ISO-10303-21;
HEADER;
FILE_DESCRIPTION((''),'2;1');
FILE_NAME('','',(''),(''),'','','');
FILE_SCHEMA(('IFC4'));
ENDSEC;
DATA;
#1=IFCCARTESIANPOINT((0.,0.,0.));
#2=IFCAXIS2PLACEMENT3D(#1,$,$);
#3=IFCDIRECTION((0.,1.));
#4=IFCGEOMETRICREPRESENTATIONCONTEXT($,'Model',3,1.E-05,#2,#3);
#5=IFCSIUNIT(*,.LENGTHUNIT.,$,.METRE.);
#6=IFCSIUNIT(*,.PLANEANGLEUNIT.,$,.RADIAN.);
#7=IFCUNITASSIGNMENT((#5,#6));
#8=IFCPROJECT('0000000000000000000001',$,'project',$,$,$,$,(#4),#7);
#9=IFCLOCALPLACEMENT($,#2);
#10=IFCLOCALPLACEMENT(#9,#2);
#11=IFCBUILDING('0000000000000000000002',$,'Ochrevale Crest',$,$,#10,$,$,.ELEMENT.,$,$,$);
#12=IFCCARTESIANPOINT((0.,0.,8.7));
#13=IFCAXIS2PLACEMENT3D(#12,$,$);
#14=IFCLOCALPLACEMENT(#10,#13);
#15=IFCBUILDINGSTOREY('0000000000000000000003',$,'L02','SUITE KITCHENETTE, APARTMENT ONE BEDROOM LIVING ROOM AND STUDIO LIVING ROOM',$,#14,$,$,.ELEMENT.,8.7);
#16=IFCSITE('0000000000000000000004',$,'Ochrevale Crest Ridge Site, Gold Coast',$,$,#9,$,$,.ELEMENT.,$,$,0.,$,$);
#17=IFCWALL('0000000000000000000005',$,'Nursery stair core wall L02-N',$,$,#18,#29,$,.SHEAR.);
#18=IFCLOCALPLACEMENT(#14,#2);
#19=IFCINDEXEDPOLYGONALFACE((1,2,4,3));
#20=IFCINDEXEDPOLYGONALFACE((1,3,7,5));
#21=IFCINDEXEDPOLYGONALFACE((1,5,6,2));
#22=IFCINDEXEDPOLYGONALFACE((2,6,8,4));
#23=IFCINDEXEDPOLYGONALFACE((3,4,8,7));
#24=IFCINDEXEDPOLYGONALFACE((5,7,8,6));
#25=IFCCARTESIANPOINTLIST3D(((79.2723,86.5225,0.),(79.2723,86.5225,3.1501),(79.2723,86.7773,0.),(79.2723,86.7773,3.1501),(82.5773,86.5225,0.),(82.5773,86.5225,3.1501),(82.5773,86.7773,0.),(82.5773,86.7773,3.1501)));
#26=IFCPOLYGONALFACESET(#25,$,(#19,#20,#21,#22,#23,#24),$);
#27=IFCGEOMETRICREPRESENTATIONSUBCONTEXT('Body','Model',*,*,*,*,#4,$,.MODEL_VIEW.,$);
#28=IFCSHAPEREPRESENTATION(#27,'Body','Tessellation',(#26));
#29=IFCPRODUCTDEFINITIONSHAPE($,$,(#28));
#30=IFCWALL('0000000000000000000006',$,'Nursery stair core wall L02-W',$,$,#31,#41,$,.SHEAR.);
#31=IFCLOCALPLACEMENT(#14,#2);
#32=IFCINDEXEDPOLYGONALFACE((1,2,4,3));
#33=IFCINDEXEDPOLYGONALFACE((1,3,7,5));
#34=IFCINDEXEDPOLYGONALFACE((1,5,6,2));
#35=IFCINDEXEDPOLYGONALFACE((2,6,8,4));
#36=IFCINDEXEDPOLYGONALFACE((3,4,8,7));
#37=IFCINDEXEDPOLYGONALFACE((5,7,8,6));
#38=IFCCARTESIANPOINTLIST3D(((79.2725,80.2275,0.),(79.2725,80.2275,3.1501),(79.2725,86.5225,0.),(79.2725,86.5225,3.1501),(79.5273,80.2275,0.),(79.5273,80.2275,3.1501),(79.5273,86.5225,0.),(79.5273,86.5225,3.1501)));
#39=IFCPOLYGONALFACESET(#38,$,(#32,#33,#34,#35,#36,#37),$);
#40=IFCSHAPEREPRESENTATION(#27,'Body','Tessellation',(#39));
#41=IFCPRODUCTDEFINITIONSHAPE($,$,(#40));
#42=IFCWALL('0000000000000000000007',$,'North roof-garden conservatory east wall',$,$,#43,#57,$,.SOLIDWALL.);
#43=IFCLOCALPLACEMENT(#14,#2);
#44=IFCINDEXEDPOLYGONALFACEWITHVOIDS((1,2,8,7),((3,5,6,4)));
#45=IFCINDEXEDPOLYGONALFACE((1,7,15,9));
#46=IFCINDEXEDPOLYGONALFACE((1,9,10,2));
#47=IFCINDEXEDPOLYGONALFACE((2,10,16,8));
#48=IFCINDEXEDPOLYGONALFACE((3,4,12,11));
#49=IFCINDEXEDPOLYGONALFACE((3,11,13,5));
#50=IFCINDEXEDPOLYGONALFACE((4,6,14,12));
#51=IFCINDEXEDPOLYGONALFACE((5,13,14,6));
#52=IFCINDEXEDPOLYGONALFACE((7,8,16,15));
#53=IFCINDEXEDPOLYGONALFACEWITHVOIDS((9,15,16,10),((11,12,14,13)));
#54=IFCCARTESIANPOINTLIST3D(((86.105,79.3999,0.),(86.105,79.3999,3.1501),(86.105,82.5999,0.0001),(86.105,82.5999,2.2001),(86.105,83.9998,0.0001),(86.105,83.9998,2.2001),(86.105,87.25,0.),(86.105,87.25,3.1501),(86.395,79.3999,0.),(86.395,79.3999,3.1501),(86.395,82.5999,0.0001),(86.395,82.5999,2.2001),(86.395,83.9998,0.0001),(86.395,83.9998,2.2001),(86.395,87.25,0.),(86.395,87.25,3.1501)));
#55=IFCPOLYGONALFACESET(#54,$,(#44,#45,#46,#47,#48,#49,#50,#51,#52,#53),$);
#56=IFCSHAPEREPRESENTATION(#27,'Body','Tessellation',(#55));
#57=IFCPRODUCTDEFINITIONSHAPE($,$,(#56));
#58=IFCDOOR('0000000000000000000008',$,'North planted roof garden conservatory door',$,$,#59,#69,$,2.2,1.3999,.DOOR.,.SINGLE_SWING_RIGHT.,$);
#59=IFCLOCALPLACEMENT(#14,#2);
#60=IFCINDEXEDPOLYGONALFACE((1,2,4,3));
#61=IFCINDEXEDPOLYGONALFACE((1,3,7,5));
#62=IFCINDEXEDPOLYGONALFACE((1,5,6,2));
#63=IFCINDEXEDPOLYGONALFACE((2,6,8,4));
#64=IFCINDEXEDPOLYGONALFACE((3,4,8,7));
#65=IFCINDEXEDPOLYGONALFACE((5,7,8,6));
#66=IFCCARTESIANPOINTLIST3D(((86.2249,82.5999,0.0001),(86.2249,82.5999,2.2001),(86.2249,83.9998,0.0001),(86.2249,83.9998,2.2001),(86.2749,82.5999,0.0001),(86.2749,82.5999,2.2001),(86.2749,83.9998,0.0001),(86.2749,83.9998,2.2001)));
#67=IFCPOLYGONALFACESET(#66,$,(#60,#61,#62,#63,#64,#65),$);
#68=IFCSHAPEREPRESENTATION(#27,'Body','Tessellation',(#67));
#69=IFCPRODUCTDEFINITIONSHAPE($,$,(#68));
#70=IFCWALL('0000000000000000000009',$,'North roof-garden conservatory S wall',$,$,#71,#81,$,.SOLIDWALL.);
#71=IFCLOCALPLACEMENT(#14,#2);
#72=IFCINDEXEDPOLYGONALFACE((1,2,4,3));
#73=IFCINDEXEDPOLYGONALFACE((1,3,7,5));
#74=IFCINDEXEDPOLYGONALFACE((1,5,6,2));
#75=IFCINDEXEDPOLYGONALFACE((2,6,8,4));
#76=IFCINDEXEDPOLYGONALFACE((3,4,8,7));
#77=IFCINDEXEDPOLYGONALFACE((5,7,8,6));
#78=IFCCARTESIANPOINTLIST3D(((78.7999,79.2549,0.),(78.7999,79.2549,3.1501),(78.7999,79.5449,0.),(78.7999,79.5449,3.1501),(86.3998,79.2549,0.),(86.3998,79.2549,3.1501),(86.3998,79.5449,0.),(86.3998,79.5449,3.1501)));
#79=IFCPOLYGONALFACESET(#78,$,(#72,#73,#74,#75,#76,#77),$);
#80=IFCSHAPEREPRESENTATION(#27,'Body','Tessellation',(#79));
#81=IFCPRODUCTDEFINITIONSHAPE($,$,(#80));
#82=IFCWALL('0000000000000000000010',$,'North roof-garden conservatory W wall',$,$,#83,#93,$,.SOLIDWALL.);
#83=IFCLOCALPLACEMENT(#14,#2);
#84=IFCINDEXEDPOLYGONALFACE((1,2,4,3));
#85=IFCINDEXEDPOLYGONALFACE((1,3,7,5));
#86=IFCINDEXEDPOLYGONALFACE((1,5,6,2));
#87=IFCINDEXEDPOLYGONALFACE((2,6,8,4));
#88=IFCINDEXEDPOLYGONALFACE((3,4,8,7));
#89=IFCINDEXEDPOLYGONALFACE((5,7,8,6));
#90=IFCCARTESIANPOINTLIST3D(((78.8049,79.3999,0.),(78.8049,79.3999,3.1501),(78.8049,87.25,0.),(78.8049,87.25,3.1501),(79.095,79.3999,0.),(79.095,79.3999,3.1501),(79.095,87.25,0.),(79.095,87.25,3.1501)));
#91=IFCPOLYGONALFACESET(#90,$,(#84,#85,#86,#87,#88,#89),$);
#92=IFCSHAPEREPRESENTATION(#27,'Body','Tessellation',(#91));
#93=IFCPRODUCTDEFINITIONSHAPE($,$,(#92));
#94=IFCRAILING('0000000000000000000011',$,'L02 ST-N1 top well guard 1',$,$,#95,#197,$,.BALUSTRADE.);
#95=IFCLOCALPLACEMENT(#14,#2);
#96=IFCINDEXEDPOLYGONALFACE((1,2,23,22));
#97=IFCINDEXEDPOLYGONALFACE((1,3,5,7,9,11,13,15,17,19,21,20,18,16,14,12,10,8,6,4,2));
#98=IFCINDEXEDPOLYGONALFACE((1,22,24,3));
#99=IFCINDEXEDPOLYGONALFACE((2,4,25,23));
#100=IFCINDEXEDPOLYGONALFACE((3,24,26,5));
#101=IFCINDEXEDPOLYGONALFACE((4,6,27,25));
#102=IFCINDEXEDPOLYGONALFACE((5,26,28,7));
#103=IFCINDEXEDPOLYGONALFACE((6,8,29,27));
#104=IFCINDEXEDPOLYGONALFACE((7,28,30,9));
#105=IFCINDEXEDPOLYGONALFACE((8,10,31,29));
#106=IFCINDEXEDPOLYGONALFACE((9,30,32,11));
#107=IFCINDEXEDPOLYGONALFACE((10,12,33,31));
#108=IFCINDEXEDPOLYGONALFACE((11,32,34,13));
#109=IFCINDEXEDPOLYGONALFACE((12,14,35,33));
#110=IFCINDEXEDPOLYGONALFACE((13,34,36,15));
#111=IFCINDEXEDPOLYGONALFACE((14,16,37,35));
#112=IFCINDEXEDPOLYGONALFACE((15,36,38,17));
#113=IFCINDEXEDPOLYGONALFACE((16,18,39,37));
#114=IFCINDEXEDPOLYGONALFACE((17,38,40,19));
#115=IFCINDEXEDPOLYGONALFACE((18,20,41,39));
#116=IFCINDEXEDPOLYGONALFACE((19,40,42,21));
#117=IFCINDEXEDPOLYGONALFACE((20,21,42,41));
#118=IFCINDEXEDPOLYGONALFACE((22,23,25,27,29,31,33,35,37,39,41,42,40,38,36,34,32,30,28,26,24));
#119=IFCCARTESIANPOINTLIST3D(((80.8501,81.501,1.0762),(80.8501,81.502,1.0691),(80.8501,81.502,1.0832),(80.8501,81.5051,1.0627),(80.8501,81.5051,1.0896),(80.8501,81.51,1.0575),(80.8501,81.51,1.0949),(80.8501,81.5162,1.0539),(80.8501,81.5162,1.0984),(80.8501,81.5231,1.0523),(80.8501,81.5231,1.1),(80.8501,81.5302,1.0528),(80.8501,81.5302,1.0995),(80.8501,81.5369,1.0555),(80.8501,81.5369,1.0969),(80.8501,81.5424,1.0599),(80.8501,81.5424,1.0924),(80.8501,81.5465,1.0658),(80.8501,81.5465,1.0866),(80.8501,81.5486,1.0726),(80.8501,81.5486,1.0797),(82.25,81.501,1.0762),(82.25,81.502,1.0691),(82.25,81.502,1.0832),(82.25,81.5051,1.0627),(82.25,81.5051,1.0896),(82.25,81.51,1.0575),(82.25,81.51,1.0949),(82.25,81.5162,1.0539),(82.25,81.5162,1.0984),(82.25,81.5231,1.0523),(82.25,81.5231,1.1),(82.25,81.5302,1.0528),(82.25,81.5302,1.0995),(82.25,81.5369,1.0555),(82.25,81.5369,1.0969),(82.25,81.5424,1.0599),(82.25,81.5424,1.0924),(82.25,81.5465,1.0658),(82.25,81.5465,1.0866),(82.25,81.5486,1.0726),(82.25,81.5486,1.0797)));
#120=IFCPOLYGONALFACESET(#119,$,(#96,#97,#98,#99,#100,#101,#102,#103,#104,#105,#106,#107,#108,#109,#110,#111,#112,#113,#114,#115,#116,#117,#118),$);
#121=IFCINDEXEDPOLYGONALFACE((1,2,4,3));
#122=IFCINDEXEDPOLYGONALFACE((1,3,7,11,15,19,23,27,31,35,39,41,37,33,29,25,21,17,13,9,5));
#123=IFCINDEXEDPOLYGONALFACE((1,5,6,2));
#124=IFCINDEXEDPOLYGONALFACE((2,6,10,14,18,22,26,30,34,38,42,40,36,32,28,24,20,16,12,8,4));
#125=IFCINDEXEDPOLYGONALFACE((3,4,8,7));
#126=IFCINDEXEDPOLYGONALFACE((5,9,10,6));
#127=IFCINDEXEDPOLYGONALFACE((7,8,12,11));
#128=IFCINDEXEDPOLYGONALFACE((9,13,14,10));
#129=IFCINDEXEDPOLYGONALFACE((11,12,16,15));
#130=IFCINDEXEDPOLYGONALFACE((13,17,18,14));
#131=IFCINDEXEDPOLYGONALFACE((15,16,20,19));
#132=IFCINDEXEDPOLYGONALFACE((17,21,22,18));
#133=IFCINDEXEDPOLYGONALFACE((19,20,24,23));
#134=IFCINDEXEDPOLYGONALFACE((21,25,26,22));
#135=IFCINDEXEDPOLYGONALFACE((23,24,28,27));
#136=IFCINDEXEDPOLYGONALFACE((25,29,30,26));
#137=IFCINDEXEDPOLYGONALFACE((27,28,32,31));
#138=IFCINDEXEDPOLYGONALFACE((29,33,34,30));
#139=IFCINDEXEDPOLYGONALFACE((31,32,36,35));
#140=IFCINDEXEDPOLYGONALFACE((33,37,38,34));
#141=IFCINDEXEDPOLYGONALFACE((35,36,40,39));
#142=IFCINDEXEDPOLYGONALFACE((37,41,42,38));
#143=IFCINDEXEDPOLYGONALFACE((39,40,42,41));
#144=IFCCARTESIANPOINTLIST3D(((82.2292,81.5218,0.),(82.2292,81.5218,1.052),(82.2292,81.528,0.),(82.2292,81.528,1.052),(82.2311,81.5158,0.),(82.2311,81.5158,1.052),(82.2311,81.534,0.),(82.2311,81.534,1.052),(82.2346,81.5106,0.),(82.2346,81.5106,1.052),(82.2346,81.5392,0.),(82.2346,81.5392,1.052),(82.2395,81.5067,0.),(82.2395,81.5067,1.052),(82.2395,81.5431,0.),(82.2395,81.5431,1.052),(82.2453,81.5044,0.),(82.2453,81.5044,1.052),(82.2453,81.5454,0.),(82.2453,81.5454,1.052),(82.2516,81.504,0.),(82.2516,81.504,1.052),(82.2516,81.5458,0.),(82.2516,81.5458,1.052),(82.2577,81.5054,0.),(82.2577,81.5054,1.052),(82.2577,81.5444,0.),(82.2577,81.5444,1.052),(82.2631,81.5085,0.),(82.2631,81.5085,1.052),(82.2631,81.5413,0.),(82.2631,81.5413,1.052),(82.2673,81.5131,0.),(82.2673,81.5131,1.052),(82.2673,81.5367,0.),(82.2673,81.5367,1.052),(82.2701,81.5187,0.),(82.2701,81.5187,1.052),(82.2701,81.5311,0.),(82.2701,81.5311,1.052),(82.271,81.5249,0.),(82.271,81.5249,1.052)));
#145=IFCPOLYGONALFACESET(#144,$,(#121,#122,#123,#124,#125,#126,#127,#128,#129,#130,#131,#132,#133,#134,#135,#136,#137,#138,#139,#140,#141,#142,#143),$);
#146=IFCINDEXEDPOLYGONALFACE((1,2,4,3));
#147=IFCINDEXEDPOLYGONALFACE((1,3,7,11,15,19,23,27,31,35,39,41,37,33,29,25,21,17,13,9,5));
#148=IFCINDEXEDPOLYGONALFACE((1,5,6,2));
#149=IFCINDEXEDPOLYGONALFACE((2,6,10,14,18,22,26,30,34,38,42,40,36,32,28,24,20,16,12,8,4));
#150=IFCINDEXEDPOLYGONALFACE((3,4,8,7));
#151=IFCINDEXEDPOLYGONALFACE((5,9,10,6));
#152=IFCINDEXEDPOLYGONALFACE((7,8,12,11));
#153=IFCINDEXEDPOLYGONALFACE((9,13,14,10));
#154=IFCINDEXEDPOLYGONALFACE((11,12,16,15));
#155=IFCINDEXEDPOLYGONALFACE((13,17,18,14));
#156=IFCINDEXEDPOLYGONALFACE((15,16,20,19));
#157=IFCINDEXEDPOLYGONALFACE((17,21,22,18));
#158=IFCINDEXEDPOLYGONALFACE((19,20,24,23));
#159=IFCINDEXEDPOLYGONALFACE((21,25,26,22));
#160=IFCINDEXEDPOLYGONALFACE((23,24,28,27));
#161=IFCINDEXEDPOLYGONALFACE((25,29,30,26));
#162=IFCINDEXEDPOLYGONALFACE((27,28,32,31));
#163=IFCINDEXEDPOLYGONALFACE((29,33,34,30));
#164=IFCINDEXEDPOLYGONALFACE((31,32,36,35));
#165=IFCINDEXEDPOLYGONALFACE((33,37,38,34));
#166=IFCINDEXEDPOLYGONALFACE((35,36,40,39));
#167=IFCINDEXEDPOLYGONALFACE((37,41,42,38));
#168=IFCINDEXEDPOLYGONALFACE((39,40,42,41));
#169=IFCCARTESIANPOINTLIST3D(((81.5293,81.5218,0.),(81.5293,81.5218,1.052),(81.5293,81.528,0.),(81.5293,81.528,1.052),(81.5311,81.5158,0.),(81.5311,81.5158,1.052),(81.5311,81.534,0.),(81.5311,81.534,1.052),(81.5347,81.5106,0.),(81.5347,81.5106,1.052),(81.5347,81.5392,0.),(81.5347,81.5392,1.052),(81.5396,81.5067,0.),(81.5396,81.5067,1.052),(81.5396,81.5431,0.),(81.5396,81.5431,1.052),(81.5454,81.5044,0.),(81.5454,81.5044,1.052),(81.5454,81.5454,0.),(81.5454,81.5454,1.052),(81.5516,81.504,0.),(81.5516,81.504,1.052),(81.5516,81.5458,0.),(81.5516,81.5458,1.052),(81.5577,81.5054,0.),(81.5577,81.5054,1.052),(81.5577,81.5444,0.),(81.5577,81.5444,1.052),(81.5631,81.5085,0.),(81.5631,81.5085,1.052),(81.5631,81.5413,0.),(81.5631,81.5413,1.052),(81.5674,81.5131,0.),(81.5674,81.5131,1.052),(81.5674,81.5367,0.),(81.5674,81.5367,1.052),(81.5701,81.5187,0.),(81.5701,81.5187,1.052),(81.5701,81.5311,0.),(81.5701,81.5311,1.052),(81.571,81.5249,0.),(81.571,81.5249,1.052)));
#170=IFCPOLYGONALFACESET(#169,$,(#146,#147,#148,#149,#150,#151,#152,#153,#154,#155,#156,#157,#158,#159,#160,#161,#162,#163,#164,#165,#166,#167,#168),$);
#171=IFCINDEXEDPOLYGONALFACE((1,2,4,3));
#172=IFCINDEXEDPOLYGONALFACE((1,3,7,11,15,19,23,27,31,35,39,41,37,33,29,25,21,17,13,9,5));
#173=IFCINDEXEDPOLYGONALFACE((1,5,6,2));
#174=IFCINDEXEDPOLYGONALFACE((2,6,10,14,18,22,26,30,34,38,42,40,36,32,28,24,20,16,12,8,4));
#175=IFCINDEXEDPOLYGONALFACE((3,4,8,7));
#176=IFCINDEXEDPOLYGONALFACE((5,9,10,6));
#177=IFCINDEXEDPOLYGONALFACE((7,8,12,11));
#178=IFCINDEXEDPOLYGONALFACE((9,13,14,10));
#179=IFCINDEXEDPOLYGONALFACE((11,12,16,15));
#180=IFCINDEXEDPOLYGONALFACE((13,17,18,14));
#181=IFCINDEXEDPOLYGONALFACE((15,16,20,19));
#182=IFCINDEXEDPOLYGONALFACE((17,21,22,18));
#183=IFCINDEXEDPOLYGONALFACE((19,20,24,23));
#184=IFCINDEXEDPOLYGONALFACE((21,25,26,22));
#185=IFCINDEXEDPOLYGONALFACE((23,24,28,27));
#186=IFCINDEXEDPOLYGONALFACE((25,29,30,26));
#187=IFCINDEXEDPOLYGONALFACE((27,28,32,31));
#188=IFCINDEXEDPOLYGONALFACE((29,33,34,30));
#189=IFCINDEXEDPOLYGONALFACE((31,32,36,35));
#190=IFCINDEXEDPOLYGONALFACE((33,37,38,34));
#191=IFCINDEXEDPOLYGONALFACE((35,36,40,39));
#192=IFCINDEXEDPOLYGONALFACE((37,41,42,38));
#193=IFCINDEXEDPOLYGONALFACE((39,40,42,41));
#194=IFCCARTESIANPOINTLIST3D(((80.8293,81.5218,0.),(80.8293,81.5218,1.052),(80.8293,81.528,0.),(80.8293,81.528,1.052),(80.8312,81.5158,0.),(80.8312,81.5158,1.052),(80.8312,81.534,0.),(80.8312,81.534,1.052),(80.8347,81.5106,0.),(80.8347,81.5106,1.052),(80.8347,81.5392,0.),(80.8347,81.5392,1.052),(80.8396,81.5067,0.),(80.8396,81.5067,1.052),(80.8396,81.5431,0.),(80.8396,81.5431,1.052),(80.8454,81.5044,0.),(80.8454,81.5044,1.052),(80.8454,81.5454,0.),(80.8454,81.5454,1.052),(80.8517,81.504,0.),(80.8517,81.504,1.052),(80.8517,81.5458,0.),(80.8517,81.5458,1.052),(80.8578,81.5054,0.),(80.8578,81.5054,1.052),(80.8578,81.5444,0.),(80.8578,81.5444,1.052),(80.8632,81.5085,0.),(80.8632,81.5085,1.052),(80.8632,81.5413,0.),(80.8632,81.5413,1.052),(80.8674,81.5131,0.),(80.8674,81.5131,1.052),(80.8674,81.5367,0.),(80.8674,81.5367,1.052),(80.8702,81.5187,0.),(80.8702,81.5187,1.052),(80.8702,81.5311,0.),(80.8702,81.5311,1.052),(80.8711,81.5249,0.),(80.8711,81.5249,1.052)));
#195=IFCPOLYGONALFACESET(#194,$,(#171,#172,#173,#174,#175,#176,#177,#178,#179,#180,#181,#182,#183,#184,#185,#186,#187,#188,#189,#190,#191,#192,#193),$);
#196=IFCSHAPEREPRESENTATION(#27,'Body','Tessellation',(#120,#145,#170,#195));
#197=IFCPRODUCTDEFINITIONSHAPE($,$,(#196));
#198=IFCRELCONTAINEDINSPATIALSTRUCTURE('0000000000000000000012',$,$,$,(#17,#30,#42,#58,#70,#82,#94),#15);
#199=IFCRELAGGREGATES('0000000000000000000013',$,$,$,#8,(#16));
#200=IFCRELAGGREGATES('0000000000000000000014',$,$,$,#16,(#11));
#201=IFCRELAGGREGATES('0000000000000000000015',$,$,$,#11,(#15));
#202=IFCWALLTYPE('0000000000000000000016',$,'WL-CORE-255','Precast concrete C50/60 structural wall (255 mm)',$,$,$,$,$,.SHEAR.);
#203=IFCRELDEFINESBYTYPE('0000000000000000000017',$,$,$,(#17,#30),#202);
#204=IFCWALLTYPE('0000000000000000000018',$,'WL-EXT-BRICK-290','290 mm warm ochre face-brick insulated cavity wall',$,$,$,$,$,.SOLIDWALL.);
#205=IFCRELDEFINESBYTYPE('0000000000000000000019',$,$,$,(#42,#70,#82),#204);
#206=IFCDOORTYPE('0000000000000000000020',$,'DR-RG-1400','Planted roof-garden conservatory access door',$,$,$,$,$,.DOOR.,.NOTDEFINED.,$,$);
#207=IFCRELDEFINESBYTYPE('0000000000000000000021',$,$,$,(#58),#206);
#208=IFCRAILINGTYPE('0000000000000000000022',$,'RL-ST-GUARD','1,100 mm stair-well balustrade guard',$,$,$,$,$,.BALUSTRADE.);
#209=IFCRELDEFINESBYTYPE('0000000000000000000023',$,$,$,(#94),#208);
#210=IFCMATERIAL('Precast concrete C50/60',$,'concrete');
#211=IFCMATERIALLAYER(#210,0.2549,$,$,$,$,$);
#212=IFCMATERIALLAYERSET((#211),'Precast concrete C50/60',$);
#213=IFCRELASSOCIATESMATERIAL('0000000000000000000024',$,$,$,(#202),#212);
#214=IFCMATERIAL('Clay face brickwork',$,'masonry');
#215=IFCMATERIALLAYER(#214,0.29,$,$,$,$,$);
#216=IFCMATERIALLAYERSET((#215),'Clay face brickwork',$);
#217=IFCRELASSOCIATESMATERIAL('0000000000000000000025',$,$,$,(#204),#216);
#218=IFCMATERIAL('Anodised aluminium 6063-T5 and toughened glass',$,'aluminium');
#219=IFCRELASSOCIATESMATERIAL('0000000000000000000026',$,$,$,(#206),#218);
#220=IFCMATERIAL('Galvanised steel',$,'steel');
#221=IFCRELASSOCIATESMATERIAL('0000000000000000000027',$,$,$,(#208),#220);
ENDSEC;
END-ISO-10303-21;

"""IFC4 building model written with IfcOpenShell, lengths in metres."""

from ifc_helpers import new_model, si_unit, direction, frame, frame_2d, origin, origin_2d, place, context, subcontext, project, spatial, rectangle, circle, extrude, material, layer, layer_set, type_object, element, fill, save


model = new_model("IFC4")

# Units and contexts
model_context = context("Model", 3, precision=1e-05, world=origin(), true_north=direction((0.0, 1.0)))
body_context = subcontext(model_context, "Body", "Model", "MODEL_VIEW")
ifc_project = project(units=[si_unit("LENGTHUNIT", "METRE"), si_unit("PLANEANGLEUNIT", "RADIAN")], contexts=[model_context])

# Site, building, storey
site_placement = place(None, origin())
site = spatial("IfcSite", under=ifc_project, at=site_placement, Name="Ochrevale Crest Ridge Site, Gold Coast", CompositionType="ELEMENT", RefElevation=0.0)
building_placement = place(site_placement, origin())
building = spatial("IfcBuilding", under=site, at=building_placement, Name="Ochrevale Crest", CompositionType="ELEMENT")
storey_placement = place(building_placement, frame((0.0, 0.0, 8.7)))
storey = spatial("IfcBuildingStorey", under=building, at=storey_placement, Name="L02", Description="SUITE KITCHENETTE, APARTMENT ONE BEDROOM LIVING ROOM AND STUDIO LIVING ROOM", CompositionType="ELEMENT", Elevation=8.7)

# Walls
ifc_material_1 = material(Name="Precast concrete C50/60", Category="concrete")
ifc_layer_1 = layer(ifc_material_1, 0.2549)
ifc_layer_set_1 = layer_set([ifc_layer_1], Name="Precast concrete C50/60")
wall_type_1 = type_object("IfcWallType", Name="WL-CORE-255", Description="Precast concrete C50/60 structural wall (255 mm)", PredefinedType="SHEAR", material=ifc_layer_set_1)
for number, where, z_axis, x_axis, name in (
    (1, (79.2725, 86.6499, 0.0), (0.0, 0.0, 1.0), (1.0, 0.0, 0.0), "Nursery stair core wall L02-N"),
):
    element("IfcWall", number, at=place(storey_placement, frame(where, z_axis=z_axis, x_axis=x_axis)), inside=storey, type_object=wall_type_1, Name=name, PredefinedType="SHEAR", context=body_context, shape_type="SweptSolid", body=[
        extrude(rectangle(XDim=3.3049, YDim=0.2549, at=frame_2d((1.6523, 0.0))), origin(), (0.0, 0.0, 1.0), 3.1501),
    ])
wall_1_placement = place(storey_placement, frame((79.3999, 80.2275, 0.0), z_axis=(0.0, 0.0, 1.0), x_axis=(0.0, 1.0, 0.0)))
element("IfcWall", 2, at=wall_1_placement, inside=storey, type_object=wall_type_1, Name="Nursery stair core wall L02-W", PredefinedType="SHEAR", context=body_context, shape_type="SweptSolid", body=[
    extrude(rectangle(XDim=6.2949, YDim=0.2549, at=frame_2d((3.1475, 0.0))), origin(), (0.0, 0.0, 1.0), 3.1501),
])

# Wall, opening, door
ifc_material_2 = material(Name="Clay face brickwork", Category="masonry")
ifc_layer_2 = layer(ifc_material_2, 0.29)
ifc_layer_set_2 = layer_set([ifc_layer_2], Name="Clay face brickwork")
wall_type_2 = type_object("IfcWallType", Name="WL-EXT-BRICK-290", Description="290 mm warm ochre face-brick insulated cavity wall", PredefinedType="SOLIDWALL", material=ifc_layer_set_2)
wall_2_placement = place(storey_placement, frame((86.25, 79.3999, 0.0), z_axis=(0.0, 0.0, 1.0), x_axis=(0.0, 1.0, 0.0)))
wall_2 = element("IfcWall", 3, at=wall_2_placement, inside=storey, type_object=wall_type_2, Name="North roof-garden conservatory east wall", PredefinedType="SOLIDWALL", context=body_context, shape_type="SweptSolid", body=[
    extrude(rectangle(XDim=7.8501, YDim=0.29, at=frame_2d((3.925, 0.0))), origin(), (0.0, 0.0, 1.0), 3.1501),
])
opening_1_placement = place(wall_2_placement, frame((4.5999, 0.0, 0.0), z_axis=(0.0, 0.0, 1.0), x_axis=(-1.0, 0.0, 0.0)))
opening_1 = element("IfcOpeningElement", 4, at=opening_1_placement, cuts=wall_2, PredefinedType="OPENING", context=body_context, shape_type="SweptSolid", body=[
    extrude(rectangle(XDim=1.3999, YDim=2.2, at=frame_2d((0.7, 1.1001))), frame((0.0, 0.155, 0.0), z_axis=(0.0, -1.0, 0.0), x_axis=(1.0, 0.0, 0.0)), (0.0, 0.0, 1.0), 0.3101),
])
ifc_material_3 = material(Name="Anodised aluminium 6063-T5 and toughened glass", Category="aluminium")
door_type_1 = type_object("IfcDoorType", Name="DR-RG-1400", Description="Planted roof-garden conservatory access door", OperationType="NOTDEFINED", PredefinedType="DOOR", material=ifc_material_3)
door_1_placement = place(opening_1_placement, origin())
door_1 = element("IfcDoor", 5, at=door_1_placement, inside=storey, type_object=door_type_1, Name="North planted roof garden conservatory door", OperationType="SINGLE_SWING_RIGHT", OverallHeight=2.2, OverallWidth=1.3999, PredefinedType="DOOR", context=body_context, shape_type="SweptSolid", body=[
    extrude(rectangle(XDim=1.3999, YDim=2.2, at=frame_2d((0.7, 1.1001))), frame((0.0, 0.0249, 0.0), z_axis=(0.0, -1.0, 0.0), x_axis=(1.0, 0.0, 0.0)), (0.0, 0.0, 1.0), 0.05),
])
fill(opening_1, door_1)

# Walls
wall_3_placement = place(storey_placement, frame((78.8, 79.3999, 0.0), z_axis=(0.0, 0.0, 1.0), x_axis=(1.0, 0.0, 0.0)))
element("IfcWall", 6, at=wall_3_placement, inside=storey, type_object=wall_type_2, Name="North roof-garden conservatory S wall", PredefinedType="SOLIDWALL", context=body_context, shape_type="SweptSolid", body=[
    extrude(rectangle(XDim=7.5999, YDim=0.29, at=frame_2d((3.7998, 0.0))), origin(), (0.0, 0.0, 1.0), 3.1501),
])
wall_4_placement = place(storey_placement, frame((78.95, 79.3999, 0.0), z_axis=(0.0, 0.0, 1.0), x_axis=(0.0, 1.0, 0.0)))
element("IfcWall", 7, at=wall_4_placement, inside=storey, type_object=wall_type_2, Name="North roof-garden conservatory W wall", PredefinedType="SOLIDWALL", context=body_context, shape_type="SweptSolid", body=[
    extrude(rectangle(XDim=7.8501, YDim=0.29, at=frame_2d((3.925, 0.0))), origin(), (0.0, 0.0, 1.0), 3.1501),
])

# Railing
ifc_material_4 = material(Name="Galvanised steel", Category="steel")
railing_type_1 = type_object("IfcRailingType", Name="RL-ST-GUARD", Description="1,100 mm stair-well balustrade guard", PredefinedType="BALUSTRADE", material=ifc_material_4)
railing_1_placement = place(storey_placement, frame((82.25, 81.5249, 0.0)))
element("IfcRailing", 8, at=railing_1_placement, inside=storey, type_object=railing_type_1, Name="L02 ST-N1 top well guard 1", PredefinedType="BALUSTRADE", context=body_context, shape_type="SweptSolid", body=[
    extrude(circle(Radius=0.0239, at=origin_2d()), frame((0.0, 0.0, 1.0762), z_axis=(-1.0, 0.0, 0.0), x_axis=(0.0, -1.0, 0.0)), (0.0, 0.0, 1.0), 1.3999),
    extrude(circle(Radius=0.021, at=origin_2d()), origin(), (0.0, 0.0, 1.0), 1.052),
    extrude(circle(Radius=0.021, at=origin_2d()), frame((-0.7, 0.0, 0.0)), (0.0, 0.0, 1.0), 1.052),
    extrude(circle(Radius=0.021, at=origin_2d()), frame((-1.3999, 0.0, 0.0)), (0.0, 0.0, 1.0), 1.052),
])

save(model, "model.ifc")
